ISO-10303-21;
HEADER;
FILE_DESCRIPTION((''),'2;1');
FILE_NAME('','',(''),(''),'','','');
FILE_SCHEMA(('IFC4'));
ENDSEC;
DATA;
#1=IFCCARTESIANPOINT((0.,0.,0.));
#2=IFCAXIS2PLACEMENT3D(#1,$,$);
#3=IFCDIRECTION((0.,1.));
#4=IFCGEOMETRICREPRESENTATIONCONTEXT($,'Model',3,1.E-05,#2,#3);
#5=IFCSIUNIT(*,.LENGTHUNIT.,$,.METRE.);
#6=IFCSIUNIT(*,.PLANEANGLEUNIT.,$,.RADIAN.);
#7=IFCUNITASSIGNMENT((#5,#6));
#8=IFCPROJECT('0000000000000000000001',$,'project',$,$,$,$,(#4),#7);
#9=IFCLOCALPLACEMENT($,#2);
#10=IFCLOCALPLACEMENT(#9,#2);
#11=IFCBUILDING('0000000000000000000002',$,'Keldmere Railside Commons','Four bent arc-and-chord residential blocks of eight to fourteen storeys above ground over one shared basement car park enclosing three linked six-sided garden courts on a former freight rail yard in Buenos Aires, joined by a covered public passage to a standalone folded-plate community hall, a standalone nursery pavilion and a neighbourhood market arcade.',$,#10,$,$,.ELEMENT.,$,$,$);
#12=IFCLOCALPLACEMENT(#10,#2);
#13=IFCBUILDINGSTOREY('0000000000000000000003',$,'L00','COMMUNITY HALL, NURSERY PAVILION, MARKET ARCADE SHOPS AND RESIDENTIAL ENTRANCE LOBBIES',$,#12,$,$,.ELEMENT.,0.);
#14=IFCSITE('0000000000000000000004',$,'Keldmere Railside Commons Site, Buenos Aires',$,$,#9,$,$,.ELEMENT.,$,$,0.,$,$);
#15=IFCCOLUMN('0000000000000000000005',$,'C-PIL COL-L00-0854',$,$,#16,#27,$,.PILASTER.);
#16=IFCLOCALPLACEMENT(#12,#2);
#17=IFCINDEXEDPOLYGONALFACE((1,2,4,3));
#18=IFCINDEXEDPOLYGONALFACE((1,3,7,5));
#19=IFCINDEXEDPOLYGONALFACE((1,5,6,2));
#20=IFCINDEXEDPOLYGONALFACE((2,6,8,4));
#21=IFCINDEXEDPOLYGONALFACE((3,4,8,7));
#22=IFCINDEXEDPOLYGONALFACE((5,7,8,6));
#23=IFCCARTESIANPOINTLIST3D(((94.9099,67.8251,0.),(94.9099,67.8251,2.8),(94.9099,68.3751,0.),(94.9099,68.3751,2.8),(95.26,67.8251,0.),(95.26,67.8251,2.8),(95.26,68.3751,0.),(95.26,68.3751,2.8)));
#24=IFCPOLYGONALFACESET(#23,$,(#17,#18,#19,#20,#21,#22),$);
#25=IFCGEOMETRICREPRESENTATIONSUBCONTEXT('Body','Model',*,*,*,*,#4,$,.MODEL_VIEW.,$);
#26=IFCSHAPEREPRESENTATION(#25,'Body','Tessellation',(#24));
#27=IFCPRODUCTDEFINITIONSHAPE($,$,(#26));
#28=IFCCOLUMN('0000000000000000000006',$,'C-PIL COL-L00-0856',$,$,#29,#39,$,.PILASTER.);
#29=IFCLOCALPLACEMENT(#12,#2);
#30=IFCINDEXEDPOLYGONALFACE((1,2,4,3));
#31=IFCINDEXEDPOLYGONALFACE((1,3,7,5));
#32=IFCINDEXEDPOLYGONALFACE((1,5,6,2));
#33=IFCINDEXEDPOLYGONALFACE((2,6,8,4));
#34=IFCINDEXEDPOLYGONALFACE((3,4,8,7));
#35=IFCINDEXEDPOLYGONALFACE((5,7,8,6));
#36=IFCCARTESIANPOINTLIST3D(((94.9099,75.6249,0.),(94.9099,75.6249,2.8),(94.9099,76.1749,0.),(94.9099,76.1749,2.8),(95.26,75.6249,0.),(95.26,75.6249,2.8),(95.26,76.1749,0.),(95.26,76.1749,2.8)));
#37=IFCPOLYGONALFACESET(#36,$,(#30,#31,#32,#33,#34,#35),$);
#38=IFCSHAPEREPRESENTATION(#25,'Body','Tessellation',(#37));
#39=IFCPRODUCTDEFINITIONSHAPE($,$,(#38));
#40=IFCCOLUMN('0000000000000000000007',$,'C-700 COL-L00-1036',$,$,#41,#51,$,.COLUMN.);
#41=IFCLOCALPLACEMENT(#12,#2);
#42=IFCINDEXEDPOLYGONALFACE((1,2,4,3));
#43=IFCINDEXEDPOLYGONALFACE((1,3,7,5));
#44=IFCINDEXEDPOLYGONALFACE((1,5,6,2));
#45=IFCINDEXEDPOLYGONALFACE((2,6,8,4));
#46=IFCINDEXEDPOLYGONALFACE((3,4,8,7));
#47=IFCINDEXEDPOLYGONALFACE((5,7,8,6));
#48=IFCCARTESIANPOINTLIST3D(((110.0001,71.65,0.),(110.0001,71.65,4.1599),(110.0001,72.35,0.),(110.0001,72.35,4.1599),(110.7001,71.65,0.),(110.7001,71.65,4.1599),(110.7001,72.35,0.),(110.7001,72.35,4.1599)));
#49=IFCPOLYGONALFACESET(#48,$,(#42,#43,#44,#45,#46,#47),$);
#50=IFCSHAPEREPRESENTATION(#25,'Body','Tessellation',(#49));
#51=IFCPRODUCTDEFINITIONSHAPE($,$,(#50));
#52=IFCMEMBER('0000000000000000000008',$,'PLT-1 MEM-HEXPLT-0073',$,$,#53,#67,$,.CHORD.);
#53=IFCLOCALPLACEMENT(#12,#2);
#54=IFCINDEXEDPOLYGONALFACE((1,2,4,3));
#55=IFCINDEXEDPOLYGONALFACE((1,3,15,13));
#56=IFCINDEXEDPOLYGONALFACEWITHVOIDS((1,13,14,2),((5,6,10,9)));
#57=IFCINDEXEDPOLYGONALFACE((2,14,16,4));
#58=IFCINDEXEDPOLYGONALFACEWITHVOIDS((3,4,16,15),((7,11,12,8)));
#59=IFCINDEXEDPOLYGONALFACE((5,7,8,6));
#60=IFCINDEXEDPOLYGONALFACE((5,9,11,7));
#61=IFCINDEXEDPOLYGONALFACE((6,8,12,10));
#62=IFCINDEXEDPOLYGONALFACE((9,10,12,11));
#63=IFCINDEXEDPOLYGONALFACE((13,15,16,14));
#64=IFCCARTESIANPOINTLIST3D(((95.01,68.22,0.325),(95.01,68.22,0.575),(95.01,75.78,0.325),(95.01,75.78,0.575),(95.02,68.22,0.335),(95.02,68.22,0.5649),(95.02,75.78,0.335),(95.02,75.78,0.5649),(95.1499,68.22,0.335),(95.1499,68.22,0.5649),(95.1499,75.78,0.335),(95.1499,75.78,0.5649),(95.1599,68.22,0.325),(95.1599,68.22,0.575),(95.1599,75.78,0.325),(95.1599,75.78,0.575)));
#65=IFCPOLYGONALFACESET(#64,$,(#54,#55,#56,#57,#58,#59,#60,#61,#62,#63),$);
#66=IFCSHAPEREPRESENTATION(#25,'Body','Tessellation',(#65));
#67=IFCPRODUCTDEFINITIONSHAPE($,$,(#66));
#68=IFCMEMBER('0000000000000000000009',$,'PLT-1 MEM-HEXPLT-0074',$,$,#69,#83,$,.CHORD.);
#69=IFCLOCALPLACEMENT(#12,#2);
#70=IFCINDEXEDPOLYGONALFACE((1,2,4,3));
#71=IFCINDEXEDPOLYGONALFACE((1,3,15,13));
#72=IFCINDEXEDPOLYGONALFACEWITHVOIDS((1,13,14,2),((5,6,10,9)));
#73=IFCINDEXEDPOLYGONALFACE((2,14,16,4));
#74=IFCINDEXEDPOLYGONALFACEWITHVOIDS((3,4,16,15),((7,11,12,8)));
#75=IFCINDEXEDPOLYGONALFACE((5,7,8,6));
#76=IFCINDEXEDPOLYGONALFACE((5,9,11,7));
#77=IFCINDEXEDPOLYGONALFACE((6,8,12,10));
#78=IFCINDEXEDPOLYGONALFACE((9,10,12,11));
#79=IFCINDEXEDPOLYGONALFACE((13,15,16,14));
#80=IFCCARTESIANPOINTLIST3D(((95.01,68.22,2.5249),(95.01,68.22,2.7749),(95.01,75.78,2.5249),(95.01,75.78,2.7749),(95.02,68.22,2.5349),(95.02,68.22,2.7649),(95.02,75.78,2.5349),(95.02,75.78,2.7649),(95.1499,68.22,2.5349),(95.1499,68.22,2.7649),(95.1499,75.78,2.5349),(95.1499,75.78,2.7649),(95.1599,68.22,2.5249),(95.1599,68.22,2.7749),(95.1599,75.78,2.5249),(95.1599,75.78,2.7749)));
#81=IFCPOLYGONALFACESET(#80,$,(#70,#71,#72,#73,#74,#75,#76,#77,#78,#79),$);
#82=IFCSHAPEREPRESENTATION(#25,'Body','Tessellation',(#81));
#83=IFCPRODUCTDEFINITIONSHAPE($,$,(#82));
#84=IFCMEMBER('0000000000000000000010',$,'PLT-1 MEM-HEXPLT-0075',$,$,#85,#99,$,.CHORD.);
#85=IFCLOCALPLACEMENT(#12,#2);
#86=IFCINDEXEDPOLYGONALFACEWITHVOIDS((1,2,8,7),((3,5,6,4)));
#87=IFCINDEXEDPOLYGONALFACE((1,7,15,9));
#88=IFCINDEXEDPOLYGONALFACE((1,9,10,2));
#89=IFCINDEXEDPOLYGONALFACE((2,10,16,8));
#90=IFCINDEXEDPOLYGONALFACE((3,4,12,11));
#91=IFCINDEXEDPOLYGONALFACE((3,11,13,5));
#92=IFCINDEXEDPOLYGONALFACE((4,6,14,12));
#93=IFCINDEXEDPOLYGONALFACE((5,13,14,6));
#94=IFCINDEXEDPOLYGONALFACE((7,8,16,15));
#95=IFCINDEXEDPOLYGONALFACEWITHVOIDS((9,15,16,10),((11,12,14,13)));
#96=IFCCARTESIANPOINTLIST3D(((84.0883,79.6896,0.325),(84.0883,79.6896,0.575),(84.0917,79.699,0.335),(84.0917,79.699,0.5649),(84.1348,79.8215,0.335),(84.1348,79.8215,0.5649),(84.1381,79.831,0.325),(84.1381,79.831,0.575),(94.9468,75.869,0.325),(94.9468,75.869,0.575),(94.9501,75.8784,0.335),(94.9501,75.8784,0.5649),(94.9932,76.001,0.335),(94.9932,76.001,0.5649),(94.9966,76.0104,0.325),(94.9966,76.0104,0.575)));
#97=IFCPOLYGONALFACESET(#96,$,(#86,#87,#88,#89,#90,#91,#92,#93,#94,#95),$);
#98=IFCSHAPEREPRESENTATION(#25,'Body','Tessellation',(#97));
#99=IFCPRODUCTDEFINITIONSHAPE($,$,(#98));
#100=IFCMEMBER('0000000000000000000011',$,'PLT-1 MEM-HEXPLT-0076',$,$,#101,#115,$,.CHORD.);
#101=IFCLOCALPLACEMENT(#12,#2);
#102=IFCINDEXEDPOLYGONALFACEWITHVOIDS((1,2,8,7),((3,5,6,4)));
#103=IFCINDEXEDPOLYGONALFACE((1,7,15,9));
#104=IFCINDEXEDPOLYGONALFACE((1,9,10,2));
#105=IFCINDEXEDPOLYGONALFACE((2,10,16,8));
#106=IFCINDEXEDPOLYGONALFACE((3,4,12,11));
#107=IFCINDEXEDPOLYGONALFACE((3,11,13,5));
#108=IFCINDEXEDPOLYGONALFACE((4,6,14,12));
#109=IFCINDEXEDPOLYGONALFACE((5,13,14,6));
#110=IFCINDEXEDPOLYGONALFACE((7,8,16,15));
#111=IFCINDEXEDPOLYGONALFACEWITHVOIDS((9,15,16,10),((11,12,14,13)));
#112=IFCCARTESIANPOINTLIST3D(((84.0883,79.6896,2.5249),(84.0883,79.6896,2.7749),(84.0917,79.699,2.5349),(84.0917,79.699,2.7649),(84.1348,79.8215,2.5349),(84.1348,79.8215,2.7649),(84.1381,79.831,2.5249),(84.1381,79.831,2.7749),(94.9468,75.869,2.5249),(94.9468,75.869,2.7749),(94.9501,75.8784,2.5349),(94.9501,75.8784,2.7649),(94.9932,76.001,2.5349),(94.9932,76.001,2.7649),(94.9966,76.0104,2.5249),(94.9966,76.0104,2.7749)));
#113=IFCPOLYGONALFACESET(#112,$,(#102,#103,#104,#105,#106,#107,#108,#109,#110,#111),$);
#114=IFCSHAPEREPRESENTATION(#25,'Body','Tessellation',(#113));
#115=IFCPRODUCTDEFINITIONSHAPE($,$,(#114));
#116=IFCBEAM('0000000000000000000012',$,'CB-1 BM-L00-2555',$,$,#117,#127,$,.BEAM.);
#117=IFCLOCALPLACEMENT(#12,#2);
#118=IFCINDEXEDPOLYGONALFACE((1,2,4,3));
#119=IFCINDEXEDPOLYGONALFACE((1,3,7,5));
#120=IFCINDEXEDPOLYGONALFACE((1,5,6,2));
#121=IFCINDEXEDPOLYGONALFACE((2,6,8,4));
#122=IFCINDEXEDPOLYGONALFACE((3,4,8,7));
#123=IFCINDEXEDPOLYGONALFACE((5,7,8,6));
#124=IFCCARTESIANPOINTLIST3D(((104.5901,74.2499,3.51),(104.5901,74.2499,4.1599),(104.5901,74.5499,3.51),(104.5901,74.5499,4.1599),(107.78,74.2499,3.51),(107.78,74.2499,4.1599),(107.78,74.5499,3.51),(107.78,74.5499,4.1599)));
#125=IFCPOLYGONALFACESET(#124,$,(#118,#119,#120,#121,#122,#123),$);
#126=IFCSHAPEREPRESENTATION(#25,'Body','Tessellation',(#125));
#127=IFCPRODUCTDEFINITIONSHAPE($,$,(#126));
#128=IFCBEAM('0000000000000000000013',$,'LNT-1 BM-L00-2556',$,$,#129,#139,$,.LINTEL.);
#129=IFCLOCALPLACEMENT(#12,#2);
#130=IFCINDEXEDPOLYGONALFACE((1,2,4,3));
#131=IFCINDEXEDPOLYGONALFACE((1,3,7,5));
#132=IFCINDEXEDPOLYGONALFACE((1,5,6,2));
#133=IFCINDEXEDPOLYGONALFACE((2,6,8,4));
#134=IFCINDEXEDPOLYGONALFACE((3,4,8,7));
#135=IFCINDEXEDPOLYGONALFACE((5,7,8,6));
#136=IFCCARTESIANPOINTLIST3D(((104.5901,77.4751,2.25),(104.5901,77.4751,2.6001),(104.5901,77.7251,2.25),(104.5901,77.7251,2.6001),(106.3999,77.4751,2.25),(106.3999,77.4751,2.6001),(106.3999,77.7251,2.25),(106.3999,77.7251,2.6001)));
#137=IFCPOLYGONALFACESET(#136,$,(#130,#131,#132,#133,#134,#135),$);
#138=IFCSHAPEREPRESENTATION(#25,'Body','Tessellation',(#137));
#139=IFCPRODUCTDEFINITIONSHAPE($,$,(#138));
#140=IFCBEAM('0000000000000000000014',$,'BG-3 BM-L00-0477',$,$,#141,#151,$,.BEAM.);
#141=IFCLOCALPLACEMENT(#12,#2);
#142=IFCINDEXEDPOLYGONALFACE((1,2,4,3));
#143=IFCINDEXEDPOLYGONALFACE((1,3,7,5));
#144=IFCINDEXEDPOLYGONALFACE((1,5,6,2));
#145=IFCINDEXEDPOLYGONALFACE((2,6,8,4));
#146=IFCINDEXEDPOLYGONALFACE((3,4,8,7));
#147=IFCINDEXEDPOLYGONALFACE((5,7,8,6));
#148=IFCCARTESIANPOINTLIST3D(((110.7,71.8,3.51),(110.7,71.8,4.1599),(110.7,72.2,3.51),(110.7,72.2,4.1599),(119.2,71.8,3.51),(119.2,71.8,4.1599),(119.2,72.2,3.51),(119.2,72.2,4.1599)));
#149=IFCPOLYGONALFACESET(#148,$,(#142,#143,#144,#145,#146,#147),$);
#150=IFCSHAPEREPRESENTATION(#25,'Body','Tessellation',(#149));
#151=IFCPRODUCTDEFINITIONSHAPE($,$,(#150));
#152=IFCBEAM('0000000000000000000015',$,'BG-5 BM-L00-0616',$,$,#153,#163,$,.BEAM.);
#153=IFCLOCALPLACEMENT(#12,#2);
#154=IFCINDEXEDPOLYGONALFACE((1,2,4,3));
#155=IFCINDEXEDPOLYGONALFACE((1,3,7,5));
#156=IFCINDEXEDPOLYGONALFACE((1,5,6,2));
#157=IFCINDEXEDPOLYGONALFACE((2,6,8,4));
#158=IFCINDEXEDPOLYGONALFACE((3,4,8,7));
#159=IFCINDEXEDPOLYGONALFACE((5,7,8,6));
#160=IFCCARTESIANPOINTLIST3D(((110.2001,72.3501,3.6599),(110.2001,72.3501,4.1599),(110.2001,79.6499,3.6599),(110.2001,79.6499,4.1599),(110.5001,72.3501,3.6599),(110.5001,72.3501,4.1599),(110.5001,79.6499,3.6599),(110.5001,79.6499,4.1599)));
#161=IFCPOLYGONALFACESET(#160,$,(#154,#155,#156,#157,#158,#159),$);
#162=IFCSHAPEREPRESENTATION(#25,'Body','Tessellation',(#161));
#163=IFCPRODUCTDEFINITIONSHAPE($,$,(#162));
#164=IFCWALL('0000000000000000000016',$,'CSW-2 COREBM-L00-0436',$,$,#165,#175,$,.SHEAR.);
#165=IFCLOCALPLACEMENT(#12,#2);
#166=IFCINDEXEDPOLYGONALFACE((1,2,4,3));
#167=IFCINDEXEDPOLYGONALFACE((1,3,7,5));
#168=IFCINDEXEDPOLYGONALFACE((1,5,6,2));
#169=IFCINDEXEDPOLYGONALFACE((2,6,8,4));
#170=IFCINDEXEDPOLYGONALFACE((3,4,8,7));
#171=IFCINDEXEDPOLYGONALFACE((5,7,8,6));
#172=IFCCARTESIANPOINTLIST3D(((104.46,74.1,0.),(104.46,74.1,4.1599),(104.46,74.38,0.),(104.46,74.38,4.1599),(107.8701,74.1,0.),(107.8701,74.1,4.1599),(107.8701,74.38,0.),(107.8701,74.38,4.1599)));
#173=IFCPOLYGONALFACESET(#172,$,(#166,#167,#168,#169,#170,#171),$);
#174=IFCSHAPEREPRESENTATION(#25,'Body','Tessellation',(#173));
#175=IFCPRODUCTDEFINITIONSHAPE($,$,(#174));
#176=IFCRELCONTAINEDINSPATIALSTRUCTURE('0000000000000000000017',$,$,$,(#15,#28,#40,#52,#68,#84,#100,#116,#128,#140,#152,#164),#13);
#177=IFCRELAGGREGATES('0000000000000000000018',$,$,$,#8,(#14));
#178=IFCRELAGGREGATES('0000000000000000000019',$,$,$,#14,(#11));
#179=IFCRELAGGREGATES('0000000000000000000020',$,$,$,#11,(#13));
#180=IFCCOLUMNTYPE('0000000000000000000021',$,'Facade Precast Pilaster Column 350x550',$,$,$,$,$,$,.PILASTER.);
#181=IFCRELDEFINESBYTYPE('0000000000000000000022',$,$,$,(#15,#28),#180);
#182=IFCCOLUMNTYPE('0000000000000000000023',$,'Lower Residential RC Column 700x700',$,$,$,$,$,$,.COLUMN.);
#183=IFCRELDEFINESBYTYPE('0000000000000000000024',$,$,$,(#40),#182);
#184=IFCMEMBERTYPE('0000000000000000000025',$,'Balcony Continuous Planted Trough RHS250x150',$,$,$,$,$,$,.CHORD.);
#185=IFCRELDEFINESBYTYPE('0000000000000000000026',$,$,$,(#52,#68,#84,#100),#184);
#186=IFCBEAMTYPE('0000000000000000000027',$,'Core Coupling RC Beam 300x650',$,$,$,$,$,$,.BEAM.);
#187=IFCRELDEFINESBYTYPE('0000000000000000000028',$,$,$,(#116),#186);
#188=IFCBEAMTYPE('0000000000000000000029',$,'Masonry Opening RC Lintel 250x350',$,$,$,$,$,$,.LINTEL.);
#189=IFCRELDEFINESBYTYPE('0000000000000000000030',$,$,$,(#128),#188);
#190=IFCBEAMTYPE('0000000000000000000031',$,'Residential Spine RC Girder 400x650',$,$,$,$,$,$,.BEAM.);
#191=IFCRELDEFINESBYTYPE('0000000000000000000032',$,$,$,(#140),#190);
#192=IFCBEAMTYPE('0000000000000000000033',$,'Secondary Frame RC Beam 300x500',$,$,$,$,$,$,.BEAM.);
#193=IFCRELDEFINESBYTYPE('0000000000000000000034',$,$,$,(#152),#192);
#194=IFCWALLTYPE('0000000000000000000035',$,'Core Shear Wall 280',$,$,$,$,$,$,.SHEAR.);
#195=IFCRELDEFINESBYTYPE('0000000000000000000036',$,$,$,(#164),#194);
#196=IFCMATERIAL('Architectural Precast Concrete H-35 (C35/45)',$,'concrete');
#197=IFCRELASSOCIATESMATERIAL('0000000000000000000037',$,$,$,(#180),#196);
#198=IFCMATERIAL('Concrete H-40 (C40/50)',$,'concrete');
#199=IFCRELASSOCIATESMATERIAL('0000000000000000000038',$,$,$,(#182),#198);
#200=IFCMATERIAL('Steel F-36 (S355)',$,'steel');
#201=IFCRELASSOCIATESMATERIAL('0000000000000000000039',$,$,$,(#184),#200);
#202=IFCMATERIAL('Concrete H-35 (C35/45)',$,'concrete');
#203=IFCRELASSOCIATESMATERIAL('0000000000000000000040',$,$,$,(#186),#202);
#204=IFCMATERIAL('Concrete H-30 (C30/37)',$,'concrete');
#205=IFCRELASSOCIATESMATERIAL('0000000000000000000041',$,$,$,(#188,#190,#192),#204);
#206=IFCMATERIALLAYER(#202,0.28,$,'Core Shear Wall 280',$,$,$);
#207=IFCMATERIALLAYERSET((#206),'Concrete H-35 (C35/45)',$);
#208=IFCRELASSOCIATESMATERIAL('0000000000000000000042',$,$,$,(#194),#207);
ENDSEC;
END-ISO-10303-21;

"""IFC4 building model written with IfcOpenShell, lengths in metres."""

from ifc_helpers import new_model, si_unit, direction, frame, frame_2d, origin, origin_2d, place, context, subcontext, project, spatial, rectangle, hollow_rectangle, extrude, material, layer, layer_set, material_profile, profile_set, type_object, element, save


model = new_model("IFC4")

# Units and contexts
model_context = context("Model", 3, precision=1e-05, world=origin(), true_north=direction((0.0, 1.0)))
body_context = subcontext(model_context, "Body", "Model", "MODEL_VIEW")
ifc_project = project(units=[si_unit("LENGTHUNIT", "METRE"), si_unit("PLANEANGLEUNIT", "RADIAN")], contexts=[model_context])

# Site, building, storey
site_placement = place(None, origin())
site = spatial("IfcSite", under=ifc_project, at=site_placement, Name="Keldmere Railside Commons Site, Buenos Aires", CompositionType="ELEMENT", RefElevation=0.0)
building_placement = place(site_placement, origin())
building = spatial("IfcBuilding", under=site, at=building_placement, Name="Keldmere Railside Commons", Description="Four bent arc-and-chord residential blocks of eight to fourteen storeys above ground over one shared basement car park enclosing three linked six-sided garden courts on a former freight rail yard in Buenos Aires, joined by a covered public passage to a standalone folded-plate community hall, a standalone nursery pavilion and a neighbourhood market arcade.", CompositionType="ELEMENT")
storey_placement = place(building_placement, origin())
storey = spatial("IfcBuildingStorey", under=building, at=storey_placement, Name="L00", Description="COMMUNITY HALL, NURSERY PAVILION, MARKET ARCADE SHOPS AND RESIDENTIAL ENTRANCE LOBBIES", CompositionType="ELEMENT", Elevation=0.0)

# Columns
ifc_material_1 = material(Name="Architectural Precast Concrete H-35 (C35/45)", Category="concrete")
ifc_material_profile_1 = material_profile(ifc_material_1, rectangle(XDim=0.3501, YDim=0.55, at=origin_2d()), Name="RC-350x550")
ifc_profile_set_1 = profile_set([ifc_material_profile_1], Name="Architectural Precast Concrete H-35 (C35/45)")
column_type_1 = type_object("IfcColumnType", Name="Facade Precast Pilaster Column 350x550", PredefinedType="PILASTER", material=ifc_profile_set_1)
for number, where, z_axis, x_axis, name in (
    (1, (95.085, 68.1001, 0.0), (0.0, 0.0, 1.0), (1.0, 0.0, 0.0), "C-PIL COL-L00-0854"),
    (2, (95.085, 75.8999, 0.0), (0.0, 0.0, 1.0), (1.0, 0.0, 0.0), "C-PIL COL-L00-0856"),
):
    element("IfcColumn", number, at=place(storey_placement, frame(where, z_axis=z_axis, x_axis=x_axis)), inside=storey, type_object=column_type_1, Name=name, PredefinedType="PILASTER", context=body_context, shape_type="SweptSolid", body=[
        extrude(rectangle(XDim=0.3501, YDim=0.55, at=origin_2d()), origin(), (0.0, 0.0, 1.0), 2.8),
    ])
ifc_material_2 = material(Name="Concrete H-40 (C40/50)", Category="concrete")
ifc_material_profile_2 = material_profile(ifc_material_2, rectangle(XDim=0.7, YDim=0.7, at=origin_2d()), Name="RC-700x700")
ifc_profile_set_2 = profile_set([ifc_material_profile_2], Name="Concrete H-40 (C40/50)")
column_type_2 = type_object("IfcColumnType", Name="Lower Residential RC Column 700x700", PredefinedType="COLUMN", material=ifc_profile_set_2)
column_placement = place(storey_placement, frame((110.3501, 72.0, 0.0), z_axis=(0.0, 0.0, 1.0), x_axis=(1.0, 0.0, 0.0)))
element("IfcColumn", 3, at=column_placement, inside=storey, type_object=column_type_2, Name="C-700 COL-L00-1036", PredefinedType="COLUMN", context=body_context, shape_type="SweptSolid", body=[
    extrude(rectangle(XDim=0.7, YDim=0.7, at=origin_2d()), origin(), (0.0, 0.0, 1.0), 4.1599),
])

# Members
ifc_material_3 = material(Name="Steel F-36 (S355)", Category="steel")
ifc_material_profile_3 = material_profile(ifc_material_3, hollow_rectangle(XDim=0.1499, YDim=0.25, WallThickness=0.01, at=origin_2d()), Name="RHS-250x150x10")
ifc_profile_set_3 = profile_set([ifc_material_profile_3], Name="Steel F-36 (S355)")
member_type = type_object("IfcMemberType", Name="Balcony Continuous Planted Trough RHS250x150", PredefinedType="CHORD", material=ifc_profile_set_3)
for number, where, z_axis, x_axis, name in (
    (4, (95.085, 68.22, 0.45), (0.0, 1.0, 0.0), (-1.0, 0.0, 0.0), "PLT-1 MEM-HEXPLT-0073"),
    (5, (95.085, 68.22, 2.6499), (0.0, 1.0, 0.0), (-1.0, 0.0, 0.0), "PLT-1 MEM-HEXPLT-0074"),
):
    element("IfcMember", number, at=place(storey_placement, frame(where, z_axis=z_axis, x_axis=x_axis)), inside=storey, type_object=member_type, Name=name, PredefinedType="CHORD", context=body_context, shape_type="SweptSolid", body=[
        extrude(hollow_rectangle(XDim=0.1499, YDim=0.25, WallThickness=0.01, at=origin_2d()), origin(), (0.0, 0.0, 1.0), 7.5601),
    ])
for number, where, z_axis, x_axis, name in (
    (6, (94.9717, 75.9397, 0.45), (-0.943312, 0.331907, 0.0), (-0.331907, -0.943312, 0.0), "PLT-1 MEM-HEXPLT-0075"),
    (7, (94.9717, 75.9397, 2.6499), (-0.943312, 0.331907, 0.0), (-0.331907, -0.943312, 0.0), "PLT-1 MEM-HEXPLT-0076"),
):
    element("IfcMember", number, at=place(storey_placement, frame(where, z_axis=z_axis, x_axis=x_axis)), inside=storey, type_object=member_type, Name=name, PredefinedType="CHORD", context=body_context, shape_type="SweptSolid", body=[
        extrude(hollow_rectangle(XDim=0.1499, YDim=0.25, WallThickness=0.01, at=origin_2d()), origin(), (0.0, 0.0, 1.0), 11.511),
    ])

# Beams
ifc_material_4 = material(Name="Concrete H-35 (C35/45)", Category="concrete")
ifc_material_profile_4 = material_profile(ifc_material_4, rectangle(XDim=0.3, YDim=0.6499, at=origin_2d()), Name="RC-300x650")
ifc_profile_set_4 = profile_set([ifc_material_profile_4], Name="Concrete H-35 (C35/45)")
beam_type_1 = type_object("IfcBeamType", Name="Core Coupling RC Beam 300x650", PredefinedType="BEAM", material=ifc_profile_set_4)
beam_1_placement = place(storey_placement, frame((104.5901, 74.3999, 3.835), z_axis=(1.0, 0.0, 0.0), x_axis=(0.0, 1.0, 0.0)))
element("IfcBeam", 8, at=beam_1_placement, inside=storey, type_object=beam_type_1, Name="CB-1 BM-L00-2555", PredefinedType="BEAM", context=body_context, shape_type="SweptSolid", body=[
    extrude(rectangle(XDim=0.3, YDim=0.6499, at=origin_2d()), origin(), (0.0, 0.0, 1.0), 3.1899),
])
ifc_material_5 = material(Name="Concrete H-30 (C30/37)", Category="concrete")
ifc_material_profile_5 = material_profile(ifc_material_5, rectangle(XDim=0.25, YDim=0.3501, at=origin_2d()), Name="RC-250x350")
ifc_profile_set_5 = profile_set([ifc_material_profile_5], Name="Concrete H-30 (C30/37)")
beam_type_2 = type_object("IfcBeamType", Name="Masonry Opening RC Lintel 250x350", PredefinedType="LINTEL", material=ifc_profile_set_5)
beam_2_placement = place(storey_placement, frame((104.5901, 77.6001, 2.425), z_axis=(1.0, 0.0, 0.0), x_axis=(0.0, 1.0, 0.0)))
element("IfcBeam", 9, at=beam_2_placement, inside=storey, type_object=beam_type_2, Name="LNT-1 BM-L00-2556", PredefinedType="LINTEL", context=body_context, shape_type="SweptSolid", body=[
    extrude(rectangle(XDim=0.25, YDim=0.3501, at=origin_2d()), origin(), (0.0, 0.0, 1.0), 1.8098),
])
ifc_material_profile_6 = material_profile(ifc_material_5, rectangle(XDim=0.3999, YDim=0.6499, at=origin_2d()), Name="RC-400x650")
ifc_profile_set_6 = profile_set([ifc_material_profile_6], Name="Concrete H-30 (C30/37)")
beam_type_3 = type_object("IfcBeamType", Name="Residential Spine RC Girder 400x650", PredefinedType="BEAM", material=ifc_profile_set_6)
beam_3_placement = place(storey_placement, frame((110.7, 72.0, 3.835), z_axis=(1.0, 0.0, 0.0), x_axis=(0.0, 1.0, 0.0)))
element("IfcBeam", 10, at=beam_3_placement, inside=storey, type_object=beam_type_3, Name="BG-3 BM-L00-0477", PredefinedType="BEAM", context=body_context, shape_type="SweptSolid", body=[
    extrude(rectangle(XDim=0.3999, YDim=0.6499, at=origin_2d()), origin(), (0.0, 0.0, 1.0), 8.5),
])
ifc_material_profile_7 = material_profile(ifc_material_5, rectangle(XDim=0.3, YDim=0.5, at=origin_2d()), Name="RC-300x500")
ifc_profile_set_7 = profile_set([ifc_material_profile_7], Name="Concrete H-30 (C30/37)")
beam_type_4 = type_object("IfcBeamType", Name="Secondary Frame RC Beam 300x500", PredefinedType="BEAM", material=ifc_profile_set_7)
beam_4_placement = place(storey_placement, frame((110.3501, 72.3501, 3.9099), z_axis=(0.0, 1.0, 0.0), x_axis=(-1.0, 0.0, 0.0)))
element("IfcBeam", 11, at=beam_4_placement, inside=storey, type_object=beam_type_4, Name="BG-5 BM-L00-0616", PredefinedType="BEAM", context=body_context, shape_type="SweptSolid", body=[
    extrude(rectangle(XDim=0.3, YDim=0.5, at=origin_2d()), origin(), (0.0, 0.0, 1.0), 7.2998),
])

# Wall
ifc_layer_1 = layer(ifc_material_4, 0.28, Name="Core Shear Wall 280")
ifc_layer_set_1 = layer_set([ifc_layer_1], Name="Concrete H-35 (C35/45)")
wall_type_1 = type_object("IfcWallType", Name="Core Shear Wall 280", PredefinedType="SHEAR", material=ifc_layer_set_1)
wall_1_placement = place(storey_placement, frame((104.46, 74.24, 0.0), z_axis=(0.0, 0.0, 1.0), x_axis=(1.0, 0.0, 0.0)))
element("IfcWall", 12, at=wall_1_placement, inside=storey, type_object=wall_type_1, Name="CSW-2 COREBM-L00-0436", PredefinedType="SHEAR", context=body_context, shape_type="SweptSolid", body=[
    extrude(rectangle(XDim=3.4102, YDim=0.28, at=frame_2d((1.7051, 0.0))), origin(), (0.0, 0.0, 1.0), 4.1599),
])

save(model, "model.ifc")
